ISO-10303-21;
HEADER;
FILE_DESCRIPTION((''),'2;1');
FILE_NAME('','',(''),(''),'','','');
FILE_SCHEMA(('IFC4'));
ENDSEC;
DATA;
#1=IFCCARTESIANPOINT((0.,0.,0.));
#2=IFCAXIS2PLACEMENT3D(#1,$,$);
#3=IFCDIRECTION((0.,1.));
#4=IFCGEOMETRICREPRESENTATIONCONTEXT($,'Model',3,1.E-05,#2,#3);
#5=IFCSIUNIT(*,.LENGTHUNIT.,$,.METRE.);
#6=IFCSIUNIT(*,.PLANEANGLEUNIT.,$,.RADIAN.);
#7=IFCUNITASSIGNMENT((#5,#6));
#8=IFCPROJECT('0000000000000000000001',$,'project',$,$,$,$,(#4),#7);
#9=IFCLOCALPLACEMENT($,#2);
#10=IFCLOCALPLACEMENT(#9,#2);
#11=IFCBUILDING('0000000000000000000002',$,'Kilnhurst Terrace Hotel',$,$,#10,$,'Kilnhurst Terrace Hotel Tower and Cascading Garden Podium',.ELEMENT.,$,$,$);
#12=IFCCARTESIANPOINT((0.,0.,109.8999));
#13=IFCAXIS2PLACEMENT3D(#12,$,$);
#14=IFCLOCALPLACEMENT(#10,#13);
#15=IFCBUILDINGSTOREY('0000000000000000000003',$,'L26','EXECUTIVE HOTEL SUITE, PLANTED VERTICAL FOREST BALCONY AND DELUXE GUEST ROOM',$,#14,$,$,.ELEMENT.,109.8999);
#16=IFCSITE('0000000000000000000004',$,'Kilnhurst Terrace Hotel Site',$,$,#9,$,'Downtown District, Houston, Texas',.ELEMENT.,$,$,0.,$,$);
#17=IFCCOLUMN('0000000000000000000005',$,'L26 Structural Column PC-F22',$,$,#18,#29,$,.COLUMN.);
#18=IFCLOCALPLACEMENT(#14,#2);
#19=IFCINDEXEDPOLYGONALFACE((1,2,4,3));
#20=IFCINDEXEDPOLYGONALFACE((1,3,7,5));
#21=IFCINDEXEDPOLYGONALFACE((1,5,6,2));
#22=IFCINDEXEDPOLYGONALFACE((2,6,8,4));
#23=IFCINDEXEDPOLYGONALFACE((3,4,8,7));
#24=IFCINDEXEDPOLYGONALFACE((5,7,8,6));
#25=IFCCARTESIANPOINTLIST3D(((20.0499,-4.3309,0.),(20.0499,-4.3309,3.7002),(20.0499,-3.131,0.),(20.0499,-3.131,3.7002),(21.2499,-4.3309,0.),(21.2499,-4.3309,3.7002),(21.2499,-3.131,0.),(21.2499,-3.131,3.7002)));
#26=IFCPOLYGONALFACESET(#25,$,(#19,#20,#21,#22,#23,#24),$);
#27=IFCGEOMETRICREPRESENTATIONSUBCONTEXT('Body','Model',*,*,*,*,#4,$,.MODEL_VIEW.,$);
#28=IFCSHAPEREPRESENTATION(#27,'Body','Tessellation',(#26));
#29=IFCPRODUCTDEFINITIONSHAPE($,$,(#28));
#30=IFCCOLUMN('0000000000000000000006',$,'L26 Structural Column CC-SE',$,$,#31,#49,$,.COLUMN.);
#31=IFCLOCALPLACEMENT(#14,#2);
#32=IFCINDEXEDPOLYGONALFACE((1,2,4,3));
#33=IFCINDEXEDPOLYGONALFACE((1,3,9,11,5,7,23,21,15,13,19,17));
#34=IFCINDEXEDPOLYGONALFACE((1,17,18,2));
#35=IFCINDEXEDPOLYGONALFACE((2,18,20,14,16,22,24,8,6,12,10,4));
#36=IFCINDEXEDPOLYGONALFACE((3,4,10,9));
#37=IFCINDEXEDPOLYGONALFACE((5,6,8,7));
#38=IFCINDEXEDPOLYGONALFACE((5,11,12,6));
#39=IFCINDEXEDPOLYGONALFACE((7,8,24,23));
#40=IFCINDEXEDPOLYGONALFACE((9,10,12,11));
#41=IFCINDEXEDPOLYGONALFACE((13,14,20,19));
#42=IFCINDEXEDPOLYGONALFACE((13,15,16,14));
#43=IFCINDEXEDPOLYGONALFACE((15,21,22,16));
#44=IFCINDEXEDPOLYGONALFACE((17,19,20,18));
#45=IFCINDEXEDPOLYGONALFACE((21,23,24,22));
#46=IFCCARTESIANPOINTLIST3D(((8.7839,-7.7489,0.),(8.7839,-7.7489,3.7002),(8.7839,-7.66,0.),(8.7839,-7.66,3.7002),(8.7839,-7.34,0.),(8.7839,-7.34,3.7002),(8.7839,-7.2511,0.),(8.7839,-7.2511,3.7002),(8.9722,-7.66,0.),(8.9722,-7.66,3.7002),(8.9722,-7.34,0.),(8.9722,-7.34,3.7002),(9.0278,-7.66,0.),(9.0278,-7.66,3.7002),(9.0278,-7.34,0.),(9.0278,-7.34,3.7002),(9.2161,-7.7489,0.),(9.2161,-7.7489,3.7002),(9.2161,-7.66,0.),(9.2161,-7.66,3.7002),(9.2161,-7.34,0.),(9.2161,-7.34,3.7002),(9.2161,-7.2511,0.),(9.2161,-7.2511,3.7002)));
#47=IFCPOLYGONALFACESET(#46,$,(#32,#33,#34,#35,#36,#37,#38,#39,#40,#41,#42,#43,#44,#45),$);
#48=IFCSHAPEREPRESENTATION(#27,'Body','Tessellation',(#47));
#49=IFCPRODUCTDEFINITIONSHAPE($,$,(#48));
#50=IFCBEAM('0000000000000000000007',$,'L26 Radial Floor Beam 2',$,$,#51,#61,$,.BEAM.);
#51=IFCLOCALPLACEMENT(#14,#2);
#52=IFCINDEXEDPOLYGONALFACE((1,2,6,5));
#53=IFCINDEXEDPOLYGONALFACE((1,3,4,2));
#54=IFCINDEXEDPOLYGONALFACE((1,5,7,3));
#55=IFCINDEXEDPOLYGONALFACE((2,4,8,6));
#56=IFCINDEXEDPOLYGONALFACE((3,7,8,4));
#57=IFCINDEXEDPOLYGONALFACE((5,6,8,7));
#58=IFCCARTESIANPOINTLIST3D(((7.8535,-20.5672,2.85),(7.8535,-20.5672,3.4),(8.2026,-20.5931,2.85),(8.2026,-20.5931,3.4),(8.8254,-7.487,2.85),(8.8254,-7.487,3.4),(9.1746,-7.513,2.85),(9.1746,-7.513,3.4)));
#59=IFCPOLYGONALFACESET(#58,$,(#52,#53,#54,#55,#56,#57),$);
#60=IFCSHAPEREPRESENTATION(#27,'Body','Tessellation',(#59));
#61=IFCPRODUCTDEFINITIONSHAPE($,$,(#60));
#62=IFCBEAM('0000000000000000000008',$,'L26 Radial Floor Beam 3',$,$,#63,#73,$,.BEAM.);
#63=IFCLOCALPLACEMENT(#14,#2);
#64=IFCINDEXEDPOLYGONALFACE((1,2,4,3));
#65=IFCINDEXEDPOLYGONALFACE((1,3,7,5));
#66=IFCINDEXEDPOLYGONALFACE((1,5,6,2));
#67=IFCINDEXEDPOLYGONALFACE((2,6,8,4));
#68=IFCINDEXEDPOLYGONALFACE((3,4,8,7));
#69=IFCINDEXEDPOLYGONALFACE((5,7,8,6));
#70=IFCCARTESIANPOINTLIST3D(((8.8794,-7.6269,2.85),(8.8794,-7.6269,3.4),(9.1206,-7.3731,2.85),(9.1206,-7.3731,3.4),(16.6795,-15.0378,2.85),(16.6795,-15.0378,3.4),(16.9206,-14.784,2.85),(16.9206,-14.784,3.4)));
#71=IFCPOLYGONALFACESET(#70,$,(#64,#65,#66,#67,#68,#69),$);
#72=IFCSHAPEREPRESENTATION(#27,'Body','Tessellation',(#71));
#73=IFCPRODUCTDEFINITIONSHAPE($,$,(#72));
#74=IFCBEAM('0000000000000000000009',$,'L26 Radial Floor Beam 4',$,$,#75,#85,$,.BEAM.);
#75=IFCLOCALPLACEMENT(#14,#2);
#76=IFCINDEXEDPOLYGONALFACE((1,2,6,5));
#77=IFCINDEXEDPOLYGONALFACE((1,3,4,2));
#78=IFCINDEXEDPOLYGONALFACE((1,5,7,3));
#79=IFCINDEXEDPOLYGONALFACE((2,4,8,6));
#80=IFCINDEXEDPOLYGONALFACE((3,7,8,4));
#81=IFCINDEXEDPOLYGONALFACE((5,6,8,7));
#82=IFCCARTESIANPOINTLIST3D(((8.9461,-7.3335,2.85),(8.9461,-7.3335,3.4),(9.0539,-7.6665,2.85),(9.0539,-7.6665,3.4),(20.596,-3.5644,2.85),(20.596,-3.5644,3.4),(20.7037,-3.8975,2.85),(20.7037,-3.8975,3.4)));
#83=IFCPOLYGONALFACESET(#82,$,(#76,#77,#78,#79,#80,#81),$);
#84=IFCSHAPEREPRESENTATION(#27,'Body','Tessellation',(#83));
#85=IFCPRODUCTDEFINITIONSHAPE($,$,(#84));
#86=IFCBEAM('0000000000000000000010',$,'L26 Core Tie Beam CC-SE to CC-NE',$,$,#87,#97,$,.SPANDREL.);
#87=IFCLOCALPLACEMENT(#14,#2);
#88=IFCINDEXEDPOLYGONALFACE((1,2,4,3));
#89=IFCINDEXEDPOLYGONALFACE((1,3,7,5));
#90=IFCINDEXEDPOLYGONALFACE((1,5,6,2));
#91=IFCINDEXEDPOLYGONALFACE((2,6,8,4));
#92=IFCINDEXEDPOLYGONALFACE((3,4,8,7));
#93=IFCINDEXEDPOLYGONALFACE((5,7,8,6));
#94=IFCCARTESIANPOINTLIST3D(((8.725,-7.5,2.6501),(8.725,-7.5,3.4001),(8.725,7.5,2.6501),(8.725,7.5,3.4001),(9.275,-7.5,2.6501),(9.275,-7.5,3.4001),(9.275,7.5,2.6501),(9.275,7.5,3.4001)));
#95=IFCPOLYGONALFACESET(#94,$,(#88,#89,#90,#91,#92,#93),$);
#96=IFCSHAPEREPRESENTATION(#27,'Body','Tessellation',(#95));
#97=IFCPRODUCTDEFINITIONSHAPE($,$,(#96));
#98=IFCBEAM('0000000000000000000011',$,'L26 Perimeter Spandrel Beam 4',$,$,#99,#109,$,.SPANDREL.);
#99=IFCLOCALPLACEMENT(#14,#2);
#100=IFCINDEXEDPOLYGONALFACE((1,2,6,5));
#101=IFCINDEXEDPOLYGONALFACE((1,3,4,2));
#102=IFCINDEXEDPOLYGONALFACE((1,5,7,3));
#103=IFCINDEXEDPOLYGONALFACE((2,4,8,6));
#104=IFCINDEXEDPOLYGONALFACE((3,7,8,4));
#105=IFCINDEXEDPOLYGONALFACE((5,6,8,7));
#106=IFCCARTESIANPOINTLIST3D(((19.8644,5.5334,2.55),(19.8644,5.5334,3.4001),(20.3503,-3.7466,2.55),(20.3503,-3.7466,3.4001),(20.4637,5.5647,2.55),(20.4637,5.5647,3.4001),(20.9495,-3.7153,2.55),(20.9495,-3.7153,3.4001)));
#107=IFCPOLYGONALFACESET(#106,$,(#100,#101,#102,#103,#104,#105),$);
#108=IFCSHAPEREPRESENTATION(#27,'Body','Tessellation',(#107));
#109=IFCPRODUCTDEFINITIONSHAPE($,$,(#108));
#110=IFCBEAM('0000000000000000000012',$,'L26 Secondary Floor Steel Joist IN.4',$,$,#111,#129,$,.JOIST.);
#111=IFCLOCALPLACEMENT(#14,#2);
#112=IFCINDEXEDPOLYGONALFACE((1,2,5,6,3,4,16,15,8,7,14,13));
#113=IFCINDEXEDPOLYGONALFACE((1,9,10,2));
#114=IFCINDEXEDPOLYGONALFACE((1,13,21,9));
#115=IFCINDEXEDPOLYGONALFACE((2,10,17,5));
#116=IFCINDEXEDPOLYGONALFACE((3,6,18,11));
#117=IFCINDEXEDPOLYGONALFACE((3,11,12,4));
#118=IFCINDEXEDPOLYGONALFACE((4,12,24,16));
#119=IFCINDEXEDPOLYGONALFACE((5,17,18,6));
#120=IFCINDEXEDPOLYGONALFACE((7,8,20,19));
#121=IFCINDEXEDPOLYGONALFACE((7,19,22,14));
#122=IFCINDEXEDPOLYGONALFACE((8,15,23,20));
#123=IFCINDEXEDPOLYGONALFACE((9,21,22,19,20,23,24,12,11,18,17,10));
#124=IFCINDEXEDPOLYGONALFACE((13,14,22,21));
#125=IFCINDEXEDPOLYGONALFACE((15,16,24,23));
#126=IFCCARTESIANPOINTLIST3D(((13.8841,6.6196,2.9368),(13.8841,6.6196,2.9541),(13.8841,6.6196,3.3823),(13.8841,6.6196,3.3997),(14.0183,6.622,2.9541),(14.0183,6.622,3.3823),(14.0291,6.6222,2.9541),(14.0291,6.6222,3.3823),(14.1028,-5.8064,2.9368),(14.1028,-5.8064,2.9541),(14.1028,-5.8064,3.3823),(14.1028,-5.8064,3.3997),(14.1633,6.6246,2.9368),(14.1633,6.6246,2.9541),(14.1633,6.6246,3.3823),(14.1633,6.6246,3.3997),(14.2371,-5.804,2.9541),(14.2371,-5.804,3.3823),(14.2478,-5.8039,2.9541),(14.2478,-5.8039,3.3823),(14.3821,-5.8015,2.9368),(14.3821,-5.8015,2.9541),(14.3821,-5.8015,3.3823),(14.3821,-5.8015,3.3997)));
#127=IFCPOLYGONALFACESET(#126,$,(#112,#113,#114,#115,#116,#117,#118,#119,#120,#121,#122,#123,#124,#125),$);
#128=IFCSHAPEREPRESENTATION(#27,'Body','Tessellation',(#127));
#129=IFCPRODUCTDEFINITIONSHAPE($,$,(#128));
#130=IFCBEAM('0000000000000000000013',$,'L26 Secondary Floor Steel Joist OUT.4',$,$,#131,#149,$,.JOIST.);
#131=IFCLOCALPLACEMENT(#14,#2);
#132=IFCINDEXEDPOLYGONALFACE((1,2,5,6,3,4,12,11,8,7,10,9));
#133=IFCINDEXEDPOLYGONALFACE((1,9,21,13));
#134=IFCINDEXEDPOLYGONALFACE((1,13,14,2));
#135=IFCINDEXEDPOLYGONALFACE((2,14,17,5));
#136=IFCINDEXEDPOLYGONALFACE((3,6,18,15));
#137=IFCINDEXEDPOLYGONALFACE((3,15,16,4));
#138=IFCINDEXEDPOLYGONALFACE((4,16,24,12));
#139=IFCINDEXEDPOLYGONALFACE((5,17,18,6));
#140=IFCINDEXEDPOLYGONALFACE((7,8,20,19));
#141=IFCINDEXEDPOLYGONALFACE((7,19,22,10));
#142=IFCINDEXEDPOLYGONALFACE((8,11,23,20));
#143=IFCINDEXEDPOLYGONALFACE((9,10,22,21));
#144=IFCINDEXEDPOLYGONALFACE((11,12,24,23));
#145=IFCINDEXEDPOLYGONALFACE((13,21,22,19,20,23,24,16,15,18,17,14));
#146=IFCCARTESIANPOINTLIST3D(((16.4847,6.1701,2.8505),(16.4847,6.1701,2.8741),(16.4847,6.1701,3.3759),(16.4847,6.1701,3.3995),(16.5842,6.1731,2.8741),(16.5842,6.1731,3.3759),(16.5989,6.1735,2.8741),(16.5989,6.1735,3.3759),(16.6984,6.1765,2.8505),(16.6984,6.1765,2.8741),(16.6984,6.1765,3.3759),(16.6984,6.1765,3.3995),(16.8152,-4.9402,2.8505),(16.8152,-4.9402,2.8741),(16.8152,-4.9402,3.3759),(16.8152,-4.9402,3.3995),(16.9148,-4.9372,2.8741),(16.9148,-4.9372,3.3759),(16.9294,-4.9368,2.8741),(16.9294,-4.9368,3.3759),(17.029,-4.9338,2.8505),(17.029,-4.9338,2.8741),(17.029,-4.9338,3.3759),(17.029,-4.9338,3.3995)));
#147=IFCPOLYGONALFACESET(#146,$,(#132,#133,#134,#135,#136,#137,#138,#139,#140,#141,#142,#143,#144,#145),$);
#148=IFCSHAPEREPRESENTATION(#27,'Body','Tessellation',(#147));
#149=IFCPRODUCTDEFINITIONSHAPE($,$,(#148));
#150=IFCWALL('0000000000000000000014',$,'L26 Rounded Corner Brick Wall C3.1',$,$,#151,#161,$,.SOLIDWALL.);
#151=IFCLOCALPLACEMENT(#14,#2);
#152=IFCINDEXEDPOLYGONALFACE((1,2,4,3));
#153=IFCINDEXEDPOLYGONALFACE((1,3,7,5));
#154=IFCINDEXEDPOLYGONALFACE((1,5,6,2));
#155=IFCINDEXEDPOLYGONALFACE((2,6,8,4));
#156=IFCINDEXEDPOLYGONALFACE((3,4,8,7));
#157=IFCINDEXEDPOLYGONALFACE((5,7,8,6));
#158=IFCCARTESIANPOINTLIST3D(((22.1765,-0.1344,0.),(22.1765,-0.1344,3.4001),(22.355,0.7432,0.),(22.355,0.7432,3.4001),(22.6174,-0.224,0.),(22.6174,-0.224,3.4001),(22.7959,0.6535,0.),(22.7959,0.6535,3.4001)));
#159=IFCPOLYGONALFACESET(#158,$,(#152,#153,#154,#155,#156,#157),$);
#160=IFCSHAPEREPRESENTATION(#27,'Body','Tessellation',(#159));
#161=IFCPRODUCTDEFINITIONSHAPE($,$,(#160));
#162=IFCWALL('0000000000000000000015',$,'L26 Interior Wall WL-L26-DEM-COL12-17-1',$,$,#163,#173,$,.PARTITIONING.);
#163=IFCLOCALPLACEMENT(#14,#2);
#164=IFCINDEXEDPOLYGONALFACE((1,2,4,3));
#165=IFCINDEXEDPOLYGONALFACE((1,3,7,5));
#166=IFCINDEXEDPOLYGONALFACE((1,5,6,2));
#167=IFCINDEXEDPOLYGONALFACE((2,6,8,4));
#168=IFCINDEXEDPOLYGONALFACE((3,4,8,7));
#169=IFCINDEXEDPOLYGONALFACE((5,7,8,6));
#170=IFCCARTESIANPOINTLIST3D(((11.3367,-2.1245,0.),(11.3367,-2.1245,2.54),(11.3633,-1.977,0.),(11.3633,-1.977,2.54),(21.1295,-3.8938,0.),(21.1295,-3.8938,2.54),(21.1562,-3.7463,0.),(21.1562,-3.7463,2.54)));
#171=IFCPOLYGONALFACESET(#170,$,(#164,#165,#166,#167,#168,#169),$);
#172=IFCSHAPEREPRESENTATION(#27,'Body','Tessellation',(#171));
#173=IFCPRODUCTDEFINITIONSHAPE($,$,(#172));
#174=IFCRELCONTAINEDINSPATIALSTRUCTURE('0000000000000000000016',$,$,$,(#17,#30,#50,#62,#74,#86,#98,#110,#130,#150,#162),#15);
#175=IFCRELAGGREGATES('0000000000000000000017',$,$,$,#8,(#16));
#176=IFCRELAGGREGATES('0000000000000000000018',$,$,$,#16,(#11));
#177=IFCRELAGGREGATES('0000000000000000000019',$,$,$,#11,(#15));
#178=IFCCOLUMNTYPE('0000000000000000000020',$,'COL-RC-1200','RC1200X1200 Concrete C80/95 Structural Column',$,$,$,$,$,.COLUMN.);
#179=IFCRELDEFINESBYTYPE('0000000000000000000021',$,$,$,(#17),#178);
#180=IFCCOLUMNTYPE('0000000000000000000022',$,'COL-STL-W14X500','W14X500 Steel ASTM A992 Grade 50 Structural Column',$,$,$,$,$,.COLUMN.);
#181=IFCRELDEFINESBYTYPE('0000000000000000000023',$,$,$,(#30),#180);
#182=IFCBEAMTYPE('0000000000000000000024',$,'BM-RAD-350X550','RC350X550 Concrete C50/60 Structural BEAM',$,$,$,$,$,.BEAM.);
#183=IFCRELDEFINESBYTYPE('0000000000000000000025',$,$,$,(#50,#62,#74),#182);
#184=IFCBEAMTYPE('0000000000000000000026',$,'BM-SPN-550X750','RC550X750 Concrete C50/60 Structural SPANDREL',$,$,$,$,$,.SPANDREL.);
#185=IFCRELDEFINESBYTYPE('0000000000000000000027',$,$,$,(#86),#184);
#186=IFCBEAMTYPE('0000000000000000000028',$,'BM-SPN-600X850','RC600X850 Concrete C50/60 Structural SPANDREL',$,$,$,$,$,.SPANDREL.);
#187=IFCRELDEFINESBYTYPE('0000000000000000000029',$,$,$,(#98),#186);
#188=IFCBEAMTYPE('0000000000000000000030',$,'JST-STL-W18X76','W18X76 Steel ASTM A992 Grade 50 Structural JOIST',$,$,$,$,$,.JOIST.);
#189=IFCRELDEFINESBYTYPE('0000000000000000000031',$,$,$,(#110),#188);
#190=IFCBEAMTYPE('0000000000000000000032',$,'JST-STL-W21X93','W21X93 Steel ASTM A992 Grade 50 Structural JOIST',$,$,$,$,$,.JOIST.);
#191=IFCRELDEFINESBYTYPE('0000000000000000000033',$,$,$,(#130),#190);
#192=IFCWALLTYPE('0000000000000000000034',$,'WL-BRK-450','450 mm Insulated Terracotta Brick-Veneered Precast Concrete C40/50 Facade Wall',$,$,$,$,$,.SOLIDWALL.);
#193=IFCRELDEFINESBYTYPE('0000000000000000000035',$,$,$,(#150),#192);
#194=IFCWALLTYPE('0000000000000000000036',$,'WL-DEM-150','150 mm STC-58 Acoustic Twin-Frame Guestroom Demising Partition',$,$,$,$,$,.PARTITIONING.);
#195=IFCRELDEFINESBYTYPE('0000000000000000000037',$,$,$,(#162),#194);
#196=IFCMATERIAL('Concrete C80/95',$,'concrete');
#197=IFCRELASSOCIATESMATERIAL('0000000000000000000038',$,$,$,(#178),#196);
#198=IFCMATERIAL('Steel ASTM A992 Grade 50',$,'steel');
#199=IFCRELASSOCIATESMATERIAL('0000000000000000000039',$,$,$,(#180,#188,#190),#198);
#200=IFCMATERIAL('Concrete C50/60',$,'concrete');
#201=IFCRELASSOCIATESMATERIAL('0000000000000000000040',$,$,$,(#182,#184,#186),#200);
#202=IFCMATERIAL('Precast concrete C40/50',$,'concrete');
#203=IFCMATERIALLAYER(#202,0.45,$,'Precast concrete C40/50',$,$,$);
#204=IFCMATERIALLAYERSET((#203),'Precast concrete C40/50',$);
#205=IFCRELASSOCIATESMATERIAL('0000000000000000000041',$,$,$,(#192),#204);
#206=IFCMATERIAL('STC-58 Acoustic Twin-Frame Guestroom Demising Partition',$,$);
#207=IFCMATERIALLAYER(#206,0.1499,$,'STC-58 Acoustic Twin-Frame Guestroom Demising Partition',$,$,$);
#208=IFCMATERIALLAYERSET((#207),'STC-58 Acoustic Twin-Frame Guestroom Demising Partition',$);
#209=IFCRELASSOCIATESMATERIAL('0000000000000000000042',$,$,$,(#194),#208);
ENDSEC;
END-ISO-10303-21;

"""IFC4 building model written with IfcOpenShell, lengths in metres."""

from ifc_helpers import new_model, si_unit, direction, frame, frame_2d, origin, origin_2d, place, context, subcontext, project, spatial, rectangle, i_section, extrude, material, layer, layer_set, material_profile, profile_set, type_object, element, save


model = new_model("IFC4")

# Units and contexts
model_context = context("Model", 3, precision=1e-05, world=origin(), true_north=direction((0.0, 1.0)))
body_context = subcontext(model_context, "Body", "Model", "MODEL_VIEW")
ifc_project = project(units=[si_unit("LENGTHUNIT", "METRE"), si_unit("PLANEANGLEUNIT", "RADIAN")], contexts=[model_context])

# Site, building, storey
site_placement = place(None, origin())
site = spatial("IfcSite", under=ifc_project, at=site_placement, Name="Kilnhurst Terrace Hotel Site", LongName="Downtown District, Houston, Texas", CompositionType="ELEMENT", RefElevation=0.0)
building_placement = place(site_placement, origin())
building = spatial("IfcBuilding", under=site, at=building_placement, Name="Kilnhurst Terrace Hotel", LongName="Kilnhurst Terrace Hotel Tower and Cascading Garden Podium", CompositionType="ELEMENT")
storey_placement = place(building_placement, frame((0.0, 0.0, 109.8999)))
storey = spatial("IfcBuildingStorey", under=building, at=storey_placement, Name="L26", Description="EXECUTIVE HOTEL SUITE, PLANTED VERTICAL FOREST BALCONY AND DELUXE GUEST ROOM", CompositionType="ELEMENT", Elevation=109.8999)

# Columns
ifc_material_1 = material(Name="Concrete C80/95", Category="concrete")
ifc_material_profile_1 = material_profile(ifc_material_1, rectangle(XDim=1.2, YDim=1.2, at=origin_2d()), Name="RC1200X1200")
ifc_profile_set_1 = profile_set([ifc_material_profile_1], Name="Concrete C80/95")
column_type_1 = type_object("IfcColumnType", Name="COL-RC-1200", Description="RC1200X1200 Concrete C80/95 Structural Column", PredefinedType="COLUMN", material=ifc_profile_set_1)
column_1_placement = place(storey_placement, frame((20.6499, -3.731, 0.0), z_axis=(0.0, 0.0, 1.0), x_axis=(1.0, 0.0, 0.0)))
element("IfcColumn", 1, at=column_1_placement, inside=storey, type_object=column_type_1, Name="L26 Structural Column PC-F22", PredefinedType="COLUMN", context=body_context, shape_type="SweptSolid", body=[
    extrude(rectangle(XDim=1.2, YDim=1.2, at=origin_2d()), origin(), (0.0, 0.0, 1.0), 3.7002),
])
ifc_material_2 = material(Name="Steel ASTM A992 Grade 50", Category="steel")
ifc_material_profile_2 = material_profile(ifc_material_2, i_section(OverallWidth=0.4321, OverallDepth=0.4978, WebThickness=0.0557, FlangeThickness=0.0889, at=origin_2d()), Name="W14X500")
ifc_profile_set_2 = profile_set([ifc_material_profile_2], Name="Steel ASTM A992 Grade 50")
column_type_2 = type_object("IfcColumnType", Name="COL-STL-W14X500", Description="W14X500 Steel ASTM A992 Grade 50 Structural Column", PredefinedType="COLUMN", material=ifc_profile_set_2)
column_2_placement = place(storey_placement, frame((9.0, -7.5, 0.0), z_axis=(0.0, 0.0, 1.0), x_axis=(1.0, 0.0, 0.0)))
element("IfcColumn", 2, at=column_2_placement, inside=storey, type_object=column_type_2, Name="L26 Structural Column CC-SE", PredefinedType="COLUMN", context=body_context, shape_type="SweptSolid", body=[
    extrude(i_section(OverallWidth=0.4321, OverallDepth=0.4978, WebThickness=0.0557, FlangeThickness=0.0889, at=origin_2d()), origin(), (0.0, 0.0, 1.0), 3.7002),
])

# Beams
ifc_material_3 = material(Name="Concrete C50/60", Category="concrete")
ifc_material_profile_3 = material_profile(ifc_material_3, rectangle(XDim=0.3501, YDim=0.55, at=origin_2d()), Name="RC350X550")
ifc_profile_set_3 = profile_set([ifc_material_profile_3], Name="Concrete C50/60")
beam_type_1 = type_object("IfcBeamType", Name="BM-RAD-350X550", Description="RC350X550 Concrete C50/60 Structural BEAM", PredefinedType="BEAM", material=ifc_profile_set_3)
beam_1_placement = place(storey_placement, frame((9.0, -7.5, 3.125), z_axis=(-0.074101, -0.997251, 0.0), x_axis=(0.997251, -0.074101, 0.0)))
element("IfcBeam", 3, at=beam_1_placement, inside=storey, type_object=beam_type_1, Name="L26 Radial Floor Beam 2", PredefinedType="BEAM", context=body_context, shape_type="SweptSolid", body=[
    extrude(rectangle(XDim=0.3501, YDim=0.55, at=origin_2d()), origin(), (0.0, 0.0, 1.0), 13.1162),
])
beam_2_placement = place(storey_placement, frame((9.0, -7.5, 3.125), z_axis=(0.72496, -0.688791, 0.0), x_axis=(0.688791, 0.72496, 0.0)))
element("IfcBeam", 4, at=beam_2_placement, inside=storey, type_object=beam_type_1, Name="L26 Radial Floor Beam 3", PredefinedType="BEAM", context=body_context, shape_type="SweptSolid", body=[
    extrude(rectangle(XDim=0.3501, YDim=0.55, at=origin_2d()), origin(), (0.0, 0.0, 1.0), 10.7593),
])
beam_3_placement = place(storey_placement, frame((9.0, -7.5, 3.125), z_axis=(0.951446, 0.307817, 0.0), x_axis=(-0.307817, 0.951446, 0.0)))
element("IfcBeam", 5, at=beam_3_placement, inside=storey, type_object=beam_type_1, Name="L26 Radial Floor Beam 4", PredefinedType="BEAM", context=body_context, shape_type="SweptSolid", body=[
    extrude(rectangle(XDim=0.3501, YDim=0.55, at=origin_2d()), origin(), (0.0, 0.0, 1.0), 12.2444),
])
ifc_material_profile_4 = material_profile(ifc_material_3, rectangle(XDim=0.55, YDim=0.75, at=origin_2d()), Name="RC550X750")
ifc_profile_set_4 = profile_set([ifc_material_profile_4], Name="Concrete C50/60")
beam_type_2 = type_object("IfcBeamType", Name="BM-SPN-550X750", Description="RC550X750 Concrete C50/60 Structural SPANDREL", PredefinedType="SPANDREL", material=ifc_profile_set_4)
beam_4_placement = place(storey_placement, frame((9.0, -7.5, 3.0251), z_axis=(0.0, 1.0, 0.0), x_axis=(-1.0, 0.0, 0.0)))
element("IfcBeam", 6, at=beam_4_placement, inside=storey, type_object=beam_type_2, Name="L26 Core Tie Beam CC-SE to CC-NE", PredefinedType="SPANDREL", context=body_context, shape_type="SweptSolid", body=[
    extrude(rectangle(XDim=0.55, YDim=0.75, at=origin_2d()), origin(), (0.0, 0.0, 1.0), 15.0),
])
ifc_material_profile_5 = material_profile(ifc_material_3, rectangle(XDim=0.6001, YDim=0.8501, at=origin_2d()), Name="RC600X850")
ifc_profile_set_5 = profile_set([ifc_material_profile_5], Name="Concrete C50/60")
beam_type_3 = type_object("IfcBeamType", Name="BM-SPN-600X850", Description="RC600X850 Concrete C50/60 Structural SPANDREL", PredefinedType="SPANDREL", material=ifc_profile_set_5)
beam_5_placement = place(storey_placement, frame((20.6499, -3.731, 2.9751), z_axis=(-0.052282, 0.998632, 0.0), x_axis=(-0.998632, -0.052282, 0.0)))
element("IfcBeam", 7, at=beam_5_placement, inside=storey, type_object=beam_type_3, Name="L26 Perimeter Spandrel Beam 4", PredefinedType="SPANDREL", context=body_context, shape_type="SweptSolid", body=[
    extrude(rectangle(XDim=0.6001, YDim=0.8501, at=origin_2d()), origin(), (0.0, 0.0, 1.0), 9.2927),
])
ifc_material_profile_6 = material_profile(ifc_material_2, i_section(OverallWidth=0.2793, OverallDepth=0.4629, WebThickness=0.0107, FlangeThickness=0.0173, at=origin_2d()), Name="W18X76")
ifc_profile_set_6 = profile_set([ifc_material_profile_6], Name="Steel ASTM A992 Grade 50")
beam_type_4 = type_object("IfcBeamType", Name="JST-STL-W18X76", Description="W18X76 Steel ASTM A992 Grade 50 Structural JOIST", PredefinedType="JOIST", material=ifc_profile_set_6)
beam_6_placement = place(storey_placement, frame((14.2424, -5.804, 3.1682), z_axis=(-0.017601, 0.999845, 0.0), x_axis=(-0.999845, -0.017601, 0.0)))
element("IfcBeam", 8, at=beam_6_placement, inside=storey, type_object=beam_type_4, Name="L26 Secondary Floor Steel Joist IN.4", PredefinedType="JOIST", context=body_context, shape_type="SweptSolid", body=[
    extrude(i_section(OverallWidth=0.2793, OverallDepth=0.4629, WebThickness=0.0107, FlangeThickness=0.0173, at=origin_2d()), origin(), (0.0, 0.0, 1.0), 12.428),
])
ifc_material_profile_7 = material_profile(ifc_material_2, i_section(OverallWidth=0.2139, OverallDepth=0.5491, WebThickness=0.0146, FlangeThickness=0.0237, at=origin_2d()), Name="W21X93")
ifc_profile_set_7 = profile_set([ifc_material_profile_7], Name="Steel ASTM A992 Grade 50")
beam_type_5 = type_object("IfcBeamType", Name="JST-STL-W21X93", Description="W21X93 Steel ASTM A992 Grade 50 Structural JOIST", PredefinedType="JOIST", material=ifc_profile_set_7)
beam_7_placement = place(storey_placement, frame((16.9221, -4.937, 3.125), z_axis=(-0.02974, 0.999558, 0.0), x_axis=(-0.999558, -0.02974, 0.0)))
element("IfcBeam", 9, at=beam_7_placement, inside=storey, type_object=beam_type_5, Name="L26 Secondary Floor Steel Joist OUT.4", PredefinedType="JOIST", context=body_context, shape_type="SweptSolid", body=[
    extrude(i_section(OverallWidth=0.2139, OverallDepth=0.5491, WebThickness=0.0146, FlangeThickness=0.0237, at=origin_2d()), origin(), (0.0, 0.0, 1.0), 11.1152),
])

# Wall
ifc_material_4 = material(Name="Precast concrete C40/50", Category="concrete")
ifc_layer_1 = layer(ifc_material_4, 0.45, Name="Precast concrete C40/50")
ifc_layer_set_1 = layer_set([ifc_layer_1], Name="Precast concrete C40/50")
wall_type_1 = type_object("IfcWallType", Name="WL-BRK-450", Description="450 mm Insulated Terracotta Brick-Veneered Precast Concrete C40/50 Facade Wall", PredefinedType="SOLIDWALL", material=ifc_layer_set_1)
wall_1_placement = place(storey_placement, frame((22.397, -0.1792, 0.0), z_axis=(0.0, 0.0, 1.0), x_axis=(0.199314, 0.979936, 0.0)))
element("IfcWall", 10, at=wall_1_placement, inside=storey, type_object=wall_type_1, Name="L26 Rounded Corner Brick Wall C3.1", PredefinedType="SOLIDWALL", context=body_context, shape_type="SweptSolid", body=[
    extrude(rectangle(XDim=0.8955, YDim=0.45, at=frame_2d((0.4478, 0.0))), origin(), (0.0, 0.0, 1.0), 3.4001),
])

# Wall
ifc_material_5 = material(Name="STC-58 Acoustic Twin-Frame Guestroom Demising Partition")
ifc_layer_2 = layer(ifc_material_5, 0.1499, Name="STC-58 Acoustic Twin-Frame Guestroom Demising Partition")
ifc_layer_set_2 = layer_set([ifc_layer_2], Name="STC-58 Acoustic Twin-Frame Guestroom Demising Partition")
wall_type_2 = type_object("IfcWallType", Name="WL-DEM-150", Description="150 mm STC-58 Acoustic Twin-Frame Guestroom Demising Partition", PredefinedType="PARTITIONING", material=ifc_layer_set_2)
wall_2_placement = place(storey_placement, frame((11.3501, -2.0508, 0.0), z_axis=(0.0, 0.0, 1.0), x_axis=(0.984068, -0.177791, 0.0)))
element("IfcWall", 11, at=wall_2_placement, inside=storey, type_object=wall_type_2, Name="L26 Interior Wall WL-L26-DEM-COL12-17-1", PredefinedType="PARTITIONING", context=body_context, shape_type="SweptSolid", body=[
    extrude(rectangle(XDim=9.9514, YDim=0.1499, at=frame_2d((4.9756, 0.0))), origin(), (0.0, 0.0, 1.0), 2.54),
])

save(model, "model.ifc")
